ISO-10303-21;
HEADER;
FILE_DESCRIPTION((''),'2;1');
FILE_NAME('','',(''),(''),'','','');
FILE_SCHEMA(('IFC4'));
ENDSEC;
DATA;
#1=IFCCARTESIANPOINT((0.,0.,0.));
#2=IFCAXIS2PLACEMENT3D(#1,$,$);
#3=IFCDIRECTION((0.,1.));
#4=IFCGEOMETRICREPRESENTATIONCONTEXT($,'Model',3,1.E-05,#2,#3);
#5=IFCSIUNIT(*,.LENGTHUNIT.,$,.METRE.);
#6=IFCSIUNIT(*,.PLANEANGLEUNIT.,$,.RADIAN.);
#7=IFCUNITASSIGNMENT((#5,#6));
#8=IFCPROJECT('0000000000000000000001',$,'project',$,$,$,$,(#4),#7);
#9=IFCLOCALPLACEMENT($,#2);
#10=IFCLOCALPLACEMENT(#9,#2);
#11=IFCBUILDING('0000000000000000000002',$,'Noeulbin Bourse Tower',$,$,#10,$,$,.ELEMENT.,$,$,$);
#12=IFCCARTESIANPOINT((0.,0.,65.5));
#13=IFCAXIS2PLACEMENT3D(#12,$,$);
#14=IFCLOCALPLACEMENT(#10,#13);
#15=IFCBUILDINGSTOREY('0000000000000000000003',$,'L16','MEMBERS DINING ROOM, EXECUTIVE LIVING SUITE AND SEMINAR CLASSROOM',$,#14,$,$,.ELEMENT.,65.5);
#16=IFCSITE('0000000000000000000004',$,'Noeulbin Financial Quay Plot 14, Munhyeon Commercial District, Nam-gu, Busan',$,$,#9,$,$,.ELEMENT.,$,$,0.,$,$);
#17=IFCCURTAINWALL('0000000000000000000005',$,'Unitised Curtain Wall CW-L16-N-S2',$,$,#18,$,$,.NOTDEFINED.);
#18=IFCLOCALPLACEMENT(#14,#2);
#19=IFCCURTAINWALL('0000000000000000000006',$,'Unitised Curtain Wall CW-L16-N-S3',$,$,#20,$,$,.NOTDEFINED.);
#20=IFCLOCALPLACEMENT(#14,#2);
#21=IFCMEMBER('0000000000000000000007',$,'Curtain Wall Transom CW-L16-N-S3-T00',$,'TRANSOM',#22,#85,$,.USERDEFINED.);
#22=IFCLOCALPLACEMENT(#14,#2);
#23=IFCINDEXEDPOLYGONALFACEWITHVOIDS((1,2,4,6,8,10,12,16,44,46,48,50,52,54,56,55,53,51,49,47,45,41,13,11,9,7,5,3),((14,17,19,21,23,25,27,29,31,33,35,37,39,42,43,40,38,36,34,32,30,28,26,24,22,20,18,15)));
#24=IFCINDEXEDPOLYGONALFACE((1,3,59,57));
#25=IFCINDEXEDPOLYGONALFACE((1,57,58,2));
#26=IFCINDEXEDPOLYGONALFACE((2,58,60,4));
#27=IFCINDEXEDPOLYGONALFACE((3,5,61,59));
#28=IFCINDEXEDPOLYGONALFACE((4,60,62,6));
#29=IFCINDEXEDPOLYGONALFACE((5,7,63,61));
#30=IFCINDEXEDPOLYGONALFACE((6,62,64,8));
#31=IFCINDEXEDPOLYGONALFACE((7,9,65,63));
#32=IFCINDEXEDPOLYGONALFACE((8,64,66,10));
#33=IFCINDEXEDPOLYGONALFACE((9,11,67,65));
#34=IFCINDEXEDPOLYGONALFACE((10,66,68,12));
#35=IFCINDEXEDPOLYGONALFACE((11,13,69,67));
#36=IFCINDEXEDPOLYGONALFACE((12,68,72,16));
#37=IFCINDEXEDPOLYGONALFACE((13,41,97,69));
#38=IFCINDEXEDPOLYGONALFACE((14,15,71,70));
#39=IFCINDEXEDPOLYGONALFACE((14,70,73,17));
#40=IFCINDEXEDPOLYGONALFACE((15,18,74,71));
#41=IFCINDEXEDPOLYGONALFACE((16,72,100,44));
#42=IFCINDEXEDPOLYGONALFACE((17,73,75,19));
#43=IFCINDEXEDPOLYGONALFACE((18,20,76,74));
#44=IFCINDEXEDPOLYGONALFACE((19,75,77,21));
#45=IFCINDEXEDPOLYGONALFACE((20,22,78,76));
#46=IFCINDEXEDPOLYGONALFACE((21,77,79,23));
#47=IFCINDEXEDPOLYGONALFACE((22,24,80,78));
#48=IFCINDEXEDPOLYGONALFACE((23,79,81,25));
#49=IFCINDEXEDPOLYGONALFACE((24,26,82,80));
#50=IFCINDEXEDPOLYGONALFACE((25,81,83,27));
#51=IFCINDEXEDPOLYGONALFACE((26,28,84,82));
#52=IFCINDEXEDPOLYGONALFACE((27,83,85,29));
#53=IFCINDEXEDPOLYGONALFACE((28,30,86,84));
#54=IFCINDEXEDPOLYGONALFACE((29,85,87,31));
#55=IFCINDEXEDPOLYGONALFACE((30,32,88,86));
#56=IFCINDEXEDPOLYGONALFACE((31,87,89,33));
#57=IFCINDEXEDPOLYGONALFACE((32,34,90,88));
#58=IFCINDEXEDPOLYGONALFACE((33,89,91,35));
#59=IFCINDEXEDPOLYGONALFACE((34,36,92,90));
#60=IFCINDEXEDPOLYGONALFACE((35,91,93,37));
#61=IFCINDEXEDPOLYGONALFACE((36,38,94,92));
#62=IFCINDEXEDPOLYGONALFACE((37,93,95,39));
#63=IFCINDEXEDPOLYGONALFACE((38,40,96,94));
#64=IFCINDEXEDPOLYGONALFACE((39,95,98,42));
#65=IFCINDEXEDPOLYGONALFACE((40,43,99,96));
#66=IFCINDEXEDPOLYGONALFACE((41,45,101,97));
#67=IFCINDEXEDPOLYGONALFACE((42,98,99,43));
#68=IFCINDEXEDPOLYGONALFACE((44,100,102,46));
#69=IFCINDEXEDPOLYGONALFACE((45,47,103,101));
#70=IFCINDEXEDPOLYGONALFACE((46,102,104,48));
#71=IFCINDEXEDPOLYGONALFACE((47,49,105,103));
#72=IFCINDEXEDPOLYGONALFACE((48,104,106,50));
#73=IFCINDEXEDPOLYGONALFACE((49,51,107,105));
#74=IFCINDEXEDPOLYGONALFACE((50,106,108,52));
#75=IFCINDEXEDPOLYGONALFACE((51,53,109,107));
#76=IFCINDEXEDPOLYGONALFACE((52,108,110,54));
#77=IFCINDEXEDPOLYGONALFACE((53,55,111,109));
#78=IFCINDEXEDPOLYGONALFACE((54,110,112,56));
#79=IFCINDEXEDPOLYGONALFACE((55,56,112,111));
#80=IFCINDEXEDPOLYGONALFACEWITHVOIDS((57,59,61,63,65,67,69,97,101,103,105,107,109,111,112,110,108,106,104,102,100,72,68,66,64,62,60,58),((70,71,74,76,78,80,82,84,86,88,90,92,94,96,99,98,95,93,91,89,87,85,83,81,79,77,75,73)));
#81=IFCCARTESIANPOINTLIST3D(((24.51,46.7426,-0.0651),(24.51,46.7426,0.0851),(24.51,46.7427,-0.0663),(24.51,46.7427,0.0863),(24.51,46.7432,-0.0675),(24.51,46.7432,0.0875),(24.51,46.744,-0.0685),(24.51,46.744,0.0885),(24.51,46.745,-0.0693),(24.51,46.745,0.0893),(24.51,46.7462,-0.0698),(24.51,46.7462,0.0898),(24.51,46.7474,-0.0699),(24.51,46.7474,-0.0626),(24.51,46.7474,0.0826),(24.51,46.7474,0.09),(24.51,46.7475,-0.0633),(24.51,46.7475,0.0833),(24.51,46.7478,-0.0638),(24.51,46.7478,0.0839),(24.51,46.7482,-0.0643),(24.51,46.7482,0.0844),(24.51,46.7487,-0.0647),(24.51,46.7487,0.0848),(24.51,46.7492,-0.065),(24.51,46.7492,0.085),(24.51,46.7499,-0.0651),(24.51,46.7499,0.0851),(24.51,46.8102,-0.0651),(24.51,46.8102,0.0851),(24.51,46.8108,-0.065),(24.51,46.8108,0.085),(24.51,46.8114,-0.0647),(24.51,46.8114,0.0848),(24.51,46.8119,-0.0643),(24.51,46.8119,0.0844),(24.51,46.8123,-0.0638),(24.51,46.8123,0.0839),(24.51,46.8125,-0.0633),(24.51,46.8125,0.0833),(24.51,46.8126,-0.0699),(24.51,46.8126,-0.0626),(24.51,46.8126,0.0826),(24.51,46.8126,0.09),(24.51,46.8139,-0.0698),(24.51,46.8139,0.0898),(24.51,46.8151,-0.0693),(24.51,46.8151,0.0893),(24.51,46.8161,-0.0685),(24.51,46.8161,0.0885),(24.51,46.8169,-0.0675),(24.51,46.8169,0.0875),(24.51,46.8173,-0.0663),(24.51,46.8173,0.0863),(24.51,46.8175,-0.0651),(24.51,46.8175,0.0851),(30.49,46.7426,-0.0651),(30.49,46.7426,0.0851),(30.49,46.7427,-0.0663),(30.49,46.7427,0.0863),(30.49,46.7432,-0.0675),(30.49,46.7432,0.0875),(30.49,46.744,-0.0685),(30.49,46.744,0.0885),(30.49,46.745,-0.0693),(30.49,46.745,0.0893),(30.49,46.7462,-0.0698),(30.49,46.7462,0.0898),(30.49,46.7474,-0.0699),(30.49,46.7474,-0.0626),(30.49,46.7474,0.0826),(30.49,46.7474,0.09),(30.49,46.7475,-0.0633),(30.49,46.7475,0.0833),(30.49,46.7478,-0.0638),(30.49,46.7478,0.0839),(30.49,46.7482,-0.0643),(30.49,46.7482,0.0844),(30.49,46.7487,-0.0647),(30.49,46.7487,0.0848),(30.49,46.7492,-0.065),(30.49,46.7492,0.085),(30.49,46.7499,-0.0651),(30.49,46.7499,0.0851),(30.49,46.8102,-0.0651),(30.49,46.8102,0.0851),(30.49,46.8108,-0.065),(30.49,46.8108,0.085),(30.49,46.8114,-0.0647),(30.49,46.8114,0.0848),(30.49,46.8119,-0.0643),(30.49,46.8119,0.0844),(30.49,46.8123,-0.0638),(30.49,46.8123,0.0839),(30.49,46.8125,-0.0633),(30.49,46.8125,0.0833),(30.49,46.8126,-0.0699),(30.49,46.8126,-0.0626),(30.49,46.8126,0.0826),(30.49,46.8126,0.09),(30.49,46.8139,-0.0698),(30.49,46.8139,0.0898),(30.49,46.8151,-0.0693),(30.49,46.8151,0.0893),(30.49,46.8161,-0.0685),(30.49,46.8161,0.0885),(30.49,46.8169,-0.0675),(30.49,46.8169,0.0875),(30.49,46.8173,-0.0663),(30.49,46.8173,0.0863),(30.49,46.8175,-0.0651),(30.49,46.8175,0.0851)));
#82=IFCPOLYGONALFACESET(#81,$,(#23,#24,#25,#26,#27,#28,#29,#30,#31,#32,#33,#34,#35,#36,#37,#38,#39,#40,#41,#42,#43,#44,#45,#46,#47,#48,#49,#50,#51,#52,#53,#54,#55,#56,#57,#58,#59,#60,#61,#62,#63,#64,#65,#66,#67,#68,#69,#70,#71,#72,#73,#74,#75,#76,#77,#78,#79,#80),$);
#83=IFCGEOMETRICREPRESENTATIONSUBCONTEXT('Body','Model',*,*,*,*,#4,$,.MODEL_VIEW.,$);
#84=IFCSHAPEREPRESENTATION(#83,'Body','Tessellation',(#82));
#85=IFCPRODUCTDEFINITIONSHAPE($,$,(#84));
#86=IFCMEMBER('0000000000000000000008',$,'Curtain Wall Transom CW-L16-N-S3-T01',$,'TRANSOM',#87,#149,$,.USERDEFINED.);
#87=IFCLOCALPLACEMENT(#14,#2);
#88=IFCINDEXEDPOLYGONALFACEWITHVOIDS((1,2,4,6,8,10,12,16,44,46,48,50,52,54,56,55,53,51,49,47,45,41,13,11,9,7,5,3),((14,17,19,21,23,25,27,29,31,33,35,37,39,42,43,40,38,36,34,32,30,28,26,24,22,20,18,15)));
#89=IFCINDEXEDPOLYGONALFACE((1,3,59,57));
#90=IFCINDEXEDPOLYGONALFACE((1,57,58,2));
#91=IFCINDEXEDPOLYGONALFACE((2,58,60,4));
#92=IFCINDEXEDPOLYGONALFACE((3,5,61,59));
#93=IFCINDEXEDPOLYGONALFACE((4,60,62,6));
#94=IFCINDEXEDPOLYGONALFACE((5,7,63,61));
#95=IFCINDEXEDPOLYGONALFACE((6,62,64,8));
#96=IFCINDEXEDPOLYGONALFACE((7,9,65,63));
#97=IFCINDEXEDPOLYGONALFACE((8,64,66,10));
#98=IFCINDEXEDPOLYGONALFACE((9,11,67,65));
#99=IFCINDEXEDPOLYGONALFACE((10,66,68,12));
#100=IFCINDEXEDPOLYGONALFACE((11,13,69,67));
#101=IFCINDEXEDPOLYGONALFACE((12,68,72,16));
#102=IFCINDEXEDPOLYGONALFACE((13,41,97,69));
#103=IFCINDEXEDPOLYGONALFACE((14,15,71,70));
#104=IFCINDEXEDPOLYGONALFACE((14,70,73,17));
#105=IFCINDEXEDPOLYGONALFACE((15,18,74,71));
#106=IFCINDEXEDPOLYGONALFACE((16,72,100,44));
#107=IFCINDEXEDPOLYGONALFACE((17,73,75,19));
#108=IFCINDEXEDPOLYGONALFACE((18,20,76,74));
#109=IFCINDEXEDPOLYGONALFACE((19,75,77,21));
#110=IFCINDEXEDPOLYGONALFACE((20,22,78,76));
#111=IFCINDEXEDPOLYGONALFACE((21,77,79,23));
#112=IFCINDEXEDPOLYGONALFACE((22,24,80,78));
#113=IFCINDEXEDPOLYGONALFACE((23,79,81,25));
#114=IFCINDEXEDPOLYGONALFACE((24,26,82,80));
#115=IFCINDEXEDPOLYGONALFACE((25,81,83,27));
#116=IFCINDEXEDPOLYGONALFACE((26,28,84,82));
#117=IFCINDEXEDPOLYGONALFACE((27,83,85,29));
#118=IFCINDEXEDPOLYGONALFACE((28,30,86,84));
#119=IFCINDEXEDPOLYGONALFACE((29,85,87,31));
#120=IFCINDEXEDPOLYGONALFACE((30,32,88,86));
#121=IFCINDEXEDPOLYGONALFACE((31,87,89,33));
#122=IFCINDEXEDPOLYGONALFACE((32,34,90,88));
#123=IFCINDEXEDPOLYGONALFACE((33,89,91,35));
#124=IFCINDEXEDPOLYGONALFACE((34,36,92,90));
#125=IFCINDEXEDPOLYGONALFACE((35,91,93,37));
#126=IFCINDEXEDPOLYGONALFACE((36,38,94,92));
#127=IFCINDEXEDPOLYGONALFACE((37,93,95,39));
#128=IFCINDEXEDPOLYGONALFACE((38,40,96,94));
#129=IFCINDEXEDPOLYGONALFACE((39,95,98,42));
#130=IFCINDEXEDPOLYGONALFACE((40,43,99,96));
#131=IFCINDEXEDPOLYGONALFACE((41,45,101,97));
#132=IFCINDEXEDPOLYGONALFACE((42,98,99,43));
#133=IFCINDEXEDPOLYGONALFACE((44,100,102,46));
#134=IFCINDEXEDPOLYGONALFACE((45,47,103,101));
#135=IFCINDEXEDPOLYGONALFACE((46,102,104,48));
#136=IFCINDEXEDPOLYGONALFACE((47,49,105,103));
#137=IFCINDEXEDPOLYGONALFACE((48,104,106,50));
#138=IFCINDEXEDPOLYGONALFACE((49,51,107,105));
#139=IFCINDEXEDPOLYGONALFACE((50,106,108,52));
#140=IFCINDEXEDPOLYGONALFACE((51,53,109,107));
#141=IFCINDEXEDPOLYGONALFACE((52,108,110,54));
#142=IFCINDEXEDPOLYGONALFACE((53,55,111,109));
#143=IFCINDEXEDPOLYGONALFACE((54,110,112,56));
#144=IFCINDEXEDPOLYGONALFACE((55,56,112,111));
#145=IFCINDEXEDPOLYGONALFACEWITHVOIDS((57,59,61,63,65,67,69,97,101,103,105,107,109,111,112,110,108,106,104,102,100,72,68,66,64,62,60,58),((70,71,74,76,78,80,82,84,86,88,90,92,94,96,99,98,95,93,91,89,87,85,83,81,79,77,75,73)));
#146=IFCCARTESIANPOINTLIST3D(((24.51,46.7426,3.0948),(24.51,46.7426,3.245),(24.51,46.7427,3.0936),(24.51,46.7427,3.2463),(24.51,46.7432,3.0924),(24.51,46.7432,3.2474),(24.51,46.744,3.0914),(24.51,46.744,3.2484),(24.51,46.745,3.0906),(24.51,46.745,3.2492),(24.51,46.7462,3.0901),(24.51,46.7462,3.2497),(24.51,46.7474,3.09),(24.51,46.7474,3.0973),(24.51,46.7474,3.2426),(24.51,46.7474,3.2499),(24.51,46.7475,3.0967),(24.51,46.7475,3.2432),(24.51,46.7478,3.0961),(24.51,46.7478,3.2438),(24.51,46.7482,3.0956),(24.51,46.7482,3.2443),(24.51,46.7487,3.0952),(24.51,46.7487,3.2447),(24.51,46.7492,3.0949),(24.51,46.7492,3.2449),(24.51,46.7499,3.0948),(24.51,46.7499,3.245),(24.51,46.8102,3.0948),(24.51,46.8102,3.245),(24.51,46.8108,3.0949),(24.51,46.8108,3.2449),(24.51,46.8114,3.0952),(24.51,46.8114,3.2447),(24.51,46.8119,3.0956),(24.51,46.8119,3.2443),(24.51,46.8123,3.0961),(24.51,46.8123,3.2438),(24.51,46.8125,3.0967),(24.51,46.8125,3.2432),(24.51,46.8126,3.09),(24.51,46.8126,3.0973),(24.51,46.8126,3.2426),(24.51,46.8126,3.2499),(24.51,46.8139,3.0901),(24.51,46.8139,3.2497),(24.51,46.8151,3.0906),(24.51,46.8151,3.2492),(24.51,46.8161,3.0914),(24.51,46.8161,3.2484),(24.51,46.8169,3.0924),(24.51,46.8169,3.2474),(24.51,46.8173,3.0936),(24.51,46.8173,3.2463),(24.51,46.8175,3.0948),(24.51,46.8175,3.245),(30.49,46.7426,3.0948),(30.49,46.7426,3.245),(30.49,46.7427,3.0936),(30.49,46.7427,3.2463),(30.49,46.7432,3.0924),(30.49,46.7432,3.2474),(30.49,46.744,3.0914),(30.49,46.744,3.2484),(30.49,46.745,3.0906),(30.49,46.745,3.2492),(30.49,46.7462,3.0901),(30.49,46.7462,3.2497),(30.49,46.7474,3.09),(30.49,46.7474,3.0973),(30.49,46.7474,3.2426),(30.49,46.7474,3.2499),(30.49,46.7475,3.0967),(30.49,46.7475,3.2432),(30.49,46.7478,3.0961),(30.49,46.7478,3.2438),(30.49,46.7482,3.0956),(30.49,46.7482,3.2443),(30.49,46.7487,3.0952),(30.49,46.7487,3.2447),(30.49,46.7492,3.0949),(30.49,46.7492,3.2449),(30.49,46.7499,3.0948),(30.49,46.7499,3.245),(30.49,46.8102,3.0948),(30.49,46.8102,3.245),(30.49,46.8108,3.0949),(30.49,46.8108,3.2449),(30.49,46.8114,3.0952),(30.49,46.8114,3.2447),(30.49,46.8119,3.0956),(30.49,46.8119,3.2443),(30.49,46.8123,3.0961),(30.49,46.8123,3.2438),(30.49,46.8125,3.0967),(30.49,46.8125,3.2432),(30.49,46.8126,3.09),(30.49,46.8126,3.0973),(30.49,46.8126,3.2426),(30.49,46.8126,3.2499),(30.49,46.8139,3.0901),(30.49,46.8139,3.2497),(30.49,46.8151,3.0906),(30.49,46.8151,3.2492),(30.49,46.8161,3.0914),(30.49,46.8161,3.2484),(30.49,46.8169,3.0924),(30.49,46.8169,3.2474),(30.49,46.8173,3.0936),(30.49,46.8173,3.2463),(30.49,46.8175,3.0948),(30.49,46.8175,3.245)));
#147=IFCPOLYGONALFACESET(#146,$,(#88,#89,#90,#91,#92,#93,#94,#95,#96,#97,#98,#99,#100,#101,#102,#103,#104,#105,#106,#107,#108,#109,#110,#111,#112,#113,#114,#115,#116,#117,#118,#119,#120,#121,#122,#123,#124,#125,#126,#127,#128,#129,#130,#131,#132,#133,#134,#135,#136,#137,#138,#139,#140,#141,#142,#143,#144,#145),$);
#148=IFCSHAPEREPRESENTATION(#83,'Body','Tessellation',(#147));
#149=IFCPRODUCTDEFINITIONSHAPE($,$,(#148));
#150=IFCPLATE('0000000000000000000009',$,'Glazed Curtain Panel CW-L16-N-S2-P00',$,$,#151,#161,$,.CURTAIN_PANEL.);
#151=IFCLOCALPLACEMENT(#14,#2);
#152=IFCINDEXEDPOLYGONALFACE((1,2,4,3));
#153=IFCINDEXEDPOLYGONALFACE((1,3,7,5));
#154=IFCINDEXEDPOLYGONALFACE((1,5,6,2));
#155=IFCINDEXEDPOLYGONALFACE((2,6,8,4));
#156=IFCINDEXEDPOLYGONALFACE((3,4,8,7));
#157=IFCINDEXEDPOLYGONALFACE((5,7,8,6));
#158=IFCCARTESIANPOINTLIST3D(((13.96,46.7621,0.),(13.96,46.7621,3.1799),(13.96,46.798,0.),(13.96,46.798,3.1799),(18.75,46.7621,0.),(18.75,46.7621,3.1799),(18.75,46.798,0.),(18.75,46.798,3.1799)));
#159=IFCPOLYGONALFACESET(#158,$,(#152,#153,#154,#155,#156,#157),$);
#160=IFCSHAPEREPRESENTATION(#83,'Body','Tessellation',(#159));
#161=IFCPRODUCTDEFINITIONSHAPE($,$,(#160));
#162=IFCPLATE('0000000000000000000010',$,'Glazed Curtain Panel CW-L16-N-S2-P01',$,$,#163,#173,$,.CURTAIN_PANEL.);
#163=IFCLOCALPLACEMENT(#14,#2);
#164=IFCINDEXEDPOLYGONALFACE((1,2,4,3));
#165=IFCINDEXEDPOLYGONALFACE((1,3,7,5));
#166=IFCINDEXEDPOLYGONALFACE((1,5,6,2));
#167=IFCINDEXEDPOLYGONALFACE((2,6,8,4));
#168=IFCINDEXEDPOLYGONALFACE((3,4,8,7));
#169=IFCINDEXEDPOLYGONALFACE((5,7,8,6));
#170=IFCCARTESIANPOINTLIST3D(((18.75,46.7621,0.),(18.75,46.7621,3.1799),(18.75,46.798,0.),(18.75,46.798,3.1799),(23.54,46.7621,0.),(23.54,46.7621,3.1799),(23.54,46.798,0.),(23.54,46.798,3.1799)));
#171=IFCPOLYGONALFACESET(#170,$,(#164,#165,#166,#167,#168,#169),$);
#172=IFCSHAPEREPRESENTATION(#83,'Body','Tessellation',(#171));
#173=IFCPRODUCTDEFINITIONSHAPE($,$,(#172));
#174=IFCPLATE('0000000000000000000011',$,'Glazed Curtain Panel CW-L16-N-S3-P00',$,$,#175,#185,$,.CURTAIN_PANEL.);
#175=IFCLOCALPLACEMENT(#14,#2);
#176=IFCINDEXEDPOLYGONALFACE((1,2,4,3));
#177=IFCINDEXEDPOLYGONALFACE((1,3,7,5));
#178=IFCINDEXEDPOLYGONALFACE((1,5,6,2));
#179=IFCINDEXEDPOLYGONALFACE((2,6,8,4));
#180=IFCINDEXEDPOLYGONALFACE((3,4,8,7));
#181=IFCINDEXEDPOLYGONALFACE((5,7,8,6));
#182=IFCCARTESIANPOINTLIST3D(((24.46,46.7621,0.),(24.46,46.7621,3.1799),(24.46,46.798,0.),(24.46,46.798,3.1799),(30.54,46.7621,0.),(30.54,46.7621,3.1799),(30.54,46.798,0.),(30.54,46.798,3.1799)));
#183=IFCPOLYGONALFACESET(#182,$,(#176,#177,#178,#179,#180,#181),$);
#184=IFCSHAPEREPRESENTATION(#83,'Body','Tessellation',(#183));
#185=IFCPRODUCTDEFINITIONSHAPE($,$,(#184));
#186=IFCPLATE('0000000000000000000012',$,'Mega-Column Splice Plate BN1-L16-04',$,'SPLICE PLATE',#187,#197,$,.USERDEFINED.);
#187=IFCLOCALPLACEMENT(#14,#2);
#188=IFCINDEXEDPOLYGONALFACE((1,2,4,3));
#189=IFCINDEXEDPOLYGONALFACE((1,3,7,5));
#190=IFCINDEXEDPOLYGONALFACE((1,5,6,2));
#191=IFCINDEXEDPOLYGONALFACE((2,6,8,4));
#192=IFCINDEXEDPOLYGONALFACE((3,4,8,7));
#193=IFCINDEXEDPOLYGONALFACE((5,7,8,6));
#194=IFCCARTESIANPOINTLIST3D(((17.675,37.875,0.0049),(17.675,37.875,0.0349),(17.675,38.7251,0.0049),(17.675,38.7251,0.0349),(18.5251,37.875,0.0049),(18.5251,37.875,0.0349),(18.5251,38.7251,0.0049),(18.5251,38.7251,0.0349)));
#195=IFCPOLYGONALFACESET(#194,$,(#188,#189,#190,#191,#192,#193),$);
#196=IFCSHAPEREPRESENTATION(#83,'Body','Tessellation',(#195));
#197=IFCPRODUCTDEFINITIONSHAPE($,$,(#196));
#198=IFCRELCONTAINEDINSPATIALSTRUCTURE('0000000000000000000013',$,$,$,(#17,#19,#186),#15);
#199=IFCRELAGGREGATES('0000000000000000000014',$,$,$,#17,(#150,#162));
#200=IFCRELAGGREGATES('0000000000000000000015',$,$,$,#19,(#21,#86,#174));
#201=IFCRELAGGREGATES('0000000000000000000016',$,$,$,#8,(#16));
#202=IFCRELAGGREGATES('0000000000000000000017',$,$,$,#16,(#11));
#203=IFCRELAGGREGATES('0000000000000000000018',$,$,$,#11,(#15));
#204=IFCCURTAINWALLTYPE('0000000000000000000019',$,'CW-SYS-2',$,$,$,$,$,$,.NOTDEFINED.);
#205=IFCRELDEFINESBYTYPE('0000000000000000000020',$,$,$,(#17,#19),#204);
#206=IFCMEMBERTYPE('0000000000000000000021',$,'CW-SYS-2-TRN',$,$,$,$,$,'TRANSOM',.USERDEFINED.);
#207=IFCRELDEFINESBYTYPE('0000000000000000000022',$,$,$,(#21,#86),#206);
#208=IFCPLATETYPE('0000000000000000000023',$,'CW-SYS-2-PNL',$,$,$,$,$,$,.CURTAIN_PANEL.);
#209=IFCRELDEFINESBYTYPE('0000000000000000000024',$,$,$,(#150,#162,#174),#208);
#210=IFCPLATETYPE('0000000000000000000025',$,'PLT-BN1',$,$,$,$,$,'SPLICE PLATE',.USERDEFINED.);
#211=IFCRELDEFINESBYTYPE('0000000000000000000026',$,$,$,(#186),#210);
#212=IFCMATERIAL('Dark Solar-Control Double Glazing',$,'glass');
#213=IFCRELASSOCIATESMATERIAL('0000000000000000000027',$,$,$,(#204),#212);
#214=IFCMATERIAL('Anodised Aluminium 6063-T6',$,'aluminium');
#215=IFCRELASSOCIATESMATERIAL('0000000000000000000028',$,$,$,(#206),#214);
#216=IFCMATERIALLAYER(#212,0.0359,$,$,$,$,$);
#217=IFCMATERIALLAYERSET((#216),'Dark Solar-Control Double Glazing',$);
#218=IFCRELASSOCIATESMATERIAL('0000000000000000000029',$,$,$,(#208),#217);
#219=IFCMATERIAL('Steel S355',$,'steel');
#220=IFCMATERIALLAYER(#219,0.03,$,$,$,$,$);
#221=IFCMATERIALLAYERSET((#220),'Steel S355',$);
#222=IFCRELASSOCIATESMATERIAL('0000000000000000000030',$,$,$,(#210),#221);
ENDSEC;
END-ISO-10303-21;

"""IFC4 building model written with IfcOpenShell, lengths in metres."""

from ifc_helpers import new_model, si_unit, direction, frame, origin, origin_2d, place, context, subcontext, project, spatial, rectangle, hollow_rectangle, extrude, material, layer, layer_set, material_profile, profile_set, type_object, element, aggregate, save


model = new_model("IFC4")

# Units and contexts
model_context = context("Model", 3, precision=1e-05, world=origin(), true_north=direction((0.0, 1.0)))
body_context = subcontext(model_context, "Body", "Model", "MODEL_VIEW")
ifc_project = project(units=[si_unit("LENGTHUNIT", "METRE"), si_unit("PLANEANGLEUNIT", "RADIAN")], contexts=[model_context])

# Site, building, storey
site_placement = place(None, origin())
site = spatial("IfcSite", under=ifc_project, at=site_placement, Name="Noeulbin Financial Quay Plot 14, Munhyeon Commercial District, Nam-gu, Busan", CompositionType="ELEMENT", RefElevation=0.0)
building_placement = place(site_placement, origin())
building = spatial("IfcBuilding", under=site, at=building_placement, Name="Noeulbin Bourse Tower", CompositionType="ELEMENT")
storey_placement = place(building_placement, frame((0.0, 0.0, 65.5)))
storey = spatial("IfcBuildingStorey", under=building, at=storey_placement, Name="L16", Description="MEMBERS DINING ROOM, EXECUTIVE LIVING SUITE AND SEMINAR CLASSROOM", CompositionType="ELEMENT", Elevation=65.5)

# Shared definitions
ifc_material_1 = material(Name="Steel S355", Category="steel")

# Curtain walls, members
ifc_material_2 = material(Name="Dark Solar-Control Double Glazing", Category="glass")
curtain_wall_type = type_object("IfcCurtainWallType", Name="CW-SYS-2", PredefinedType="NOTDEFINED", material=ifc_material_2)
curtain_wall_1_placement = place(storey_placement, origin())
curtain_wall_1 = element("IfcCurtainWall", 1, at=curtain_wall_1_placement, inside=storey, type_object=curtain_wall_type, Name="Unitised Curtain Wall CW-L16-N-S2", PredefinedType="NOTDEFINED")
ifc_material_3 = material(Name="Anodised Aluminium 6063-T6", Category="aluminium")
curtain_wall_2_placement = place(storey_placement, origin())
curtain_wall_2 = element("IfcCurtainWall", 2, at=curtain_wall_2_placement, inside=storey, type_object=curtain_wall_type, Name="Unitised Curtain Wall CW-L16-N-S3", PredefinedType="NOTDEFINED")
ifc_material_profile_1 = material_profile(ifc_material_3, hollow_rectangle(XDim=0.075, YDim=0.1599, WallThickness=0.0049, InnerFilletRadius=0.0024, OuterFilletRadius=0.0049, at=origin_2d()), Name="ALU-TRAN-75x160x5", Category="LoadBearing")
ifc_profile_set_1 = profile_set([ifc_material_profile_1], Name="Anodised Aluminium 6063-T6")
member_type_1 = type_object("IfcMemberType", Name="CW-SYS-2-TRN", ElementType="TRANSOM", PredefinedType="USERDEFINED", material=ifc_profile_set_1)
member_1_placement = place(storey_placement, frame((24.51, 46.78, 0.01), z_axis=(1.0, 0.0, 0.0), x_axis=(0.0, 1.0, 0.0)))
member_1 = element("IfcMember", 3, at=member_1_placement, type_object=member_type_1, Name="Curtain Wall Transom CW-L16-N-S3-T00", ObjectType="TRANSOM", PredefinedType="USERDEFINED", context=body_context, shape_type="SweptSolid", body=[
    extrude(hollow_rectangle(XDim=0.075, YDim=0.1599, WallThickness=0.0049, InnerFilletRadius=0.0024, OuterFilletRadius=0.0049, at=origin_2d()), origin(), (0.0, 0.0, 1.0), 5.98),
])
member_2_placement = place(storey_placement, frame((24.51, 46.78, 3.1699), z_axis=(1.0, 0.0, 0.0), x_axis=(0.0, 1.0, 0.0)))
member_2 = element("IfcMember", 4, at=member_2_placement, type_object=member_type_1, Name="Curtain Wall Transom CW-L16-N-S3-T01", ObjectType="TRANSOM", PredefinedType="USERDEFINED", context=body_context, shape_type="SweptSolid", body=[
    extrude(hollow_rectangle(XDim=0.075, YDim=0.1599, WallThickness=0.0049, InnerFilletRadius=0.0024, OuterFilletRadius=0.0049, at=origin_2d()), origin(), (0.0, 0.0, 1.0), 5.98),
])

# Plates
ifc_layer_1 = layer(ifc_material_2, 0.0359)
ifc_layer_set_1 = layer_set([ifc_layer_1], Name="Dark Solar-Control Double Glazing")
plate_type_1 = type_object("IfcPlateType", Name="CW-SYS-2-PNL", PredefinedType="CURTAIN_PANEL", material=ifc_layer_set_1)
plate_1_placement = place(storey_placement, frame((16.355, 46.78, 0.0), z_axis=(0.0, 0.0, 1.0), x_axis=(1.0, 0.0, 0.0)))
plate_1 = element("IfcPlate", 5, at=plate_1_placement, type_object=plate_type_1, Name="Glazed Curtain Panel CW-L16-N-S2-P00", PredefinedType="CURTAIN_PANEL", context=body_context, shape_type="SweptSolid", body=[
    extrude(rectangle(XDim=4.79, YDim=0.0359, at=origin_2d()), origin(), (0.0, 0.0, 1.0), 3.1799),
])
plate_2_placement = place(storey_placement, frame((21.145, 46.78, 0.0), z_axis=(0.0, 0.0, 1.0), x_axis=(1.0, 0.0, 0.0)))
plate_2 = element("IfcPlate", 6, at=plate_2_placement, type_object=plate_type_1, Name="Glazed Curtain Panel CW-L16-N-S2-P01", PredefinedType="CURTAIN_PANEL", context=body_context, shape_type="SweptSolid", body=[
    extrude(rectangle(XDim=4.79, YDim=0.0359, at=origin_2d()), origin(), (0.0, 0.0, 1.0), 3.1799),
])
aggregate(curtain_wall_1, [plate_1, plate_2])
plate_3_placement = place(storey_placement, frame((27.5, 46.78, 0.0), z_axis=(0.0, 0.0, 1.0), x_axis=(1.0, 0.0, 0.0)))
plate_3 = element("IfcPlate", 7, at=plate_3_placement, type_object=plate_type_1, Name="Glazed Curtain Panel CW-L16-N-S3-P00", PredefinedType="CURTAIN_PANEL", context=body_context, shape_type="SweptSolid", body=[
    extrude(rectangle(XDim=6.0801, YDim=0.0359, at=origin_2d()), origin(), (0.0, 0.0, 1.0), 3.1799),
])
aggregate(curtain_wall_2, [member_1, member_2, plate_3])

# Plate
ifc_layer_2 = layer(ifc_material_1, 0.03)
ifc_layer_set_2 = layer_set([ifc_layer_2], Name="Steel S355")
plate_type_2 = type_object("IfcPlateType", Name="PLT-BN1", ElementType="SPLICE PLATE", PredefinedType="USERDEFINED", material=ifc_layer_set_2)
for number, where, z_axis, x_axis, name in (
    (8, (18.1001, 38.3, 0.0049), (0.0, 0.0, 1.0), (1.0, 0.0, 0.0), "Mega-Column Splice Plate BN1-L16-04"),
):
    element("IfcPlate", number, at=place(storey_placement, frame(where, z_axis=z_axis, x_axis=x_axis)), inside=storey, type_object=plate_type_2, Name=name, ObjectType="SPLICE PLATE", PredefinedType="USERDEFINED", context=body_context, shape_type="SweptSolid", body=[
        extrude(rectangle(XDim=0.8501, YDim=0.8501, at=origin_2d()), origin(), (0.0, 0.0, 1.0), 0.03),
    ])

save(model, "model.ifc")
